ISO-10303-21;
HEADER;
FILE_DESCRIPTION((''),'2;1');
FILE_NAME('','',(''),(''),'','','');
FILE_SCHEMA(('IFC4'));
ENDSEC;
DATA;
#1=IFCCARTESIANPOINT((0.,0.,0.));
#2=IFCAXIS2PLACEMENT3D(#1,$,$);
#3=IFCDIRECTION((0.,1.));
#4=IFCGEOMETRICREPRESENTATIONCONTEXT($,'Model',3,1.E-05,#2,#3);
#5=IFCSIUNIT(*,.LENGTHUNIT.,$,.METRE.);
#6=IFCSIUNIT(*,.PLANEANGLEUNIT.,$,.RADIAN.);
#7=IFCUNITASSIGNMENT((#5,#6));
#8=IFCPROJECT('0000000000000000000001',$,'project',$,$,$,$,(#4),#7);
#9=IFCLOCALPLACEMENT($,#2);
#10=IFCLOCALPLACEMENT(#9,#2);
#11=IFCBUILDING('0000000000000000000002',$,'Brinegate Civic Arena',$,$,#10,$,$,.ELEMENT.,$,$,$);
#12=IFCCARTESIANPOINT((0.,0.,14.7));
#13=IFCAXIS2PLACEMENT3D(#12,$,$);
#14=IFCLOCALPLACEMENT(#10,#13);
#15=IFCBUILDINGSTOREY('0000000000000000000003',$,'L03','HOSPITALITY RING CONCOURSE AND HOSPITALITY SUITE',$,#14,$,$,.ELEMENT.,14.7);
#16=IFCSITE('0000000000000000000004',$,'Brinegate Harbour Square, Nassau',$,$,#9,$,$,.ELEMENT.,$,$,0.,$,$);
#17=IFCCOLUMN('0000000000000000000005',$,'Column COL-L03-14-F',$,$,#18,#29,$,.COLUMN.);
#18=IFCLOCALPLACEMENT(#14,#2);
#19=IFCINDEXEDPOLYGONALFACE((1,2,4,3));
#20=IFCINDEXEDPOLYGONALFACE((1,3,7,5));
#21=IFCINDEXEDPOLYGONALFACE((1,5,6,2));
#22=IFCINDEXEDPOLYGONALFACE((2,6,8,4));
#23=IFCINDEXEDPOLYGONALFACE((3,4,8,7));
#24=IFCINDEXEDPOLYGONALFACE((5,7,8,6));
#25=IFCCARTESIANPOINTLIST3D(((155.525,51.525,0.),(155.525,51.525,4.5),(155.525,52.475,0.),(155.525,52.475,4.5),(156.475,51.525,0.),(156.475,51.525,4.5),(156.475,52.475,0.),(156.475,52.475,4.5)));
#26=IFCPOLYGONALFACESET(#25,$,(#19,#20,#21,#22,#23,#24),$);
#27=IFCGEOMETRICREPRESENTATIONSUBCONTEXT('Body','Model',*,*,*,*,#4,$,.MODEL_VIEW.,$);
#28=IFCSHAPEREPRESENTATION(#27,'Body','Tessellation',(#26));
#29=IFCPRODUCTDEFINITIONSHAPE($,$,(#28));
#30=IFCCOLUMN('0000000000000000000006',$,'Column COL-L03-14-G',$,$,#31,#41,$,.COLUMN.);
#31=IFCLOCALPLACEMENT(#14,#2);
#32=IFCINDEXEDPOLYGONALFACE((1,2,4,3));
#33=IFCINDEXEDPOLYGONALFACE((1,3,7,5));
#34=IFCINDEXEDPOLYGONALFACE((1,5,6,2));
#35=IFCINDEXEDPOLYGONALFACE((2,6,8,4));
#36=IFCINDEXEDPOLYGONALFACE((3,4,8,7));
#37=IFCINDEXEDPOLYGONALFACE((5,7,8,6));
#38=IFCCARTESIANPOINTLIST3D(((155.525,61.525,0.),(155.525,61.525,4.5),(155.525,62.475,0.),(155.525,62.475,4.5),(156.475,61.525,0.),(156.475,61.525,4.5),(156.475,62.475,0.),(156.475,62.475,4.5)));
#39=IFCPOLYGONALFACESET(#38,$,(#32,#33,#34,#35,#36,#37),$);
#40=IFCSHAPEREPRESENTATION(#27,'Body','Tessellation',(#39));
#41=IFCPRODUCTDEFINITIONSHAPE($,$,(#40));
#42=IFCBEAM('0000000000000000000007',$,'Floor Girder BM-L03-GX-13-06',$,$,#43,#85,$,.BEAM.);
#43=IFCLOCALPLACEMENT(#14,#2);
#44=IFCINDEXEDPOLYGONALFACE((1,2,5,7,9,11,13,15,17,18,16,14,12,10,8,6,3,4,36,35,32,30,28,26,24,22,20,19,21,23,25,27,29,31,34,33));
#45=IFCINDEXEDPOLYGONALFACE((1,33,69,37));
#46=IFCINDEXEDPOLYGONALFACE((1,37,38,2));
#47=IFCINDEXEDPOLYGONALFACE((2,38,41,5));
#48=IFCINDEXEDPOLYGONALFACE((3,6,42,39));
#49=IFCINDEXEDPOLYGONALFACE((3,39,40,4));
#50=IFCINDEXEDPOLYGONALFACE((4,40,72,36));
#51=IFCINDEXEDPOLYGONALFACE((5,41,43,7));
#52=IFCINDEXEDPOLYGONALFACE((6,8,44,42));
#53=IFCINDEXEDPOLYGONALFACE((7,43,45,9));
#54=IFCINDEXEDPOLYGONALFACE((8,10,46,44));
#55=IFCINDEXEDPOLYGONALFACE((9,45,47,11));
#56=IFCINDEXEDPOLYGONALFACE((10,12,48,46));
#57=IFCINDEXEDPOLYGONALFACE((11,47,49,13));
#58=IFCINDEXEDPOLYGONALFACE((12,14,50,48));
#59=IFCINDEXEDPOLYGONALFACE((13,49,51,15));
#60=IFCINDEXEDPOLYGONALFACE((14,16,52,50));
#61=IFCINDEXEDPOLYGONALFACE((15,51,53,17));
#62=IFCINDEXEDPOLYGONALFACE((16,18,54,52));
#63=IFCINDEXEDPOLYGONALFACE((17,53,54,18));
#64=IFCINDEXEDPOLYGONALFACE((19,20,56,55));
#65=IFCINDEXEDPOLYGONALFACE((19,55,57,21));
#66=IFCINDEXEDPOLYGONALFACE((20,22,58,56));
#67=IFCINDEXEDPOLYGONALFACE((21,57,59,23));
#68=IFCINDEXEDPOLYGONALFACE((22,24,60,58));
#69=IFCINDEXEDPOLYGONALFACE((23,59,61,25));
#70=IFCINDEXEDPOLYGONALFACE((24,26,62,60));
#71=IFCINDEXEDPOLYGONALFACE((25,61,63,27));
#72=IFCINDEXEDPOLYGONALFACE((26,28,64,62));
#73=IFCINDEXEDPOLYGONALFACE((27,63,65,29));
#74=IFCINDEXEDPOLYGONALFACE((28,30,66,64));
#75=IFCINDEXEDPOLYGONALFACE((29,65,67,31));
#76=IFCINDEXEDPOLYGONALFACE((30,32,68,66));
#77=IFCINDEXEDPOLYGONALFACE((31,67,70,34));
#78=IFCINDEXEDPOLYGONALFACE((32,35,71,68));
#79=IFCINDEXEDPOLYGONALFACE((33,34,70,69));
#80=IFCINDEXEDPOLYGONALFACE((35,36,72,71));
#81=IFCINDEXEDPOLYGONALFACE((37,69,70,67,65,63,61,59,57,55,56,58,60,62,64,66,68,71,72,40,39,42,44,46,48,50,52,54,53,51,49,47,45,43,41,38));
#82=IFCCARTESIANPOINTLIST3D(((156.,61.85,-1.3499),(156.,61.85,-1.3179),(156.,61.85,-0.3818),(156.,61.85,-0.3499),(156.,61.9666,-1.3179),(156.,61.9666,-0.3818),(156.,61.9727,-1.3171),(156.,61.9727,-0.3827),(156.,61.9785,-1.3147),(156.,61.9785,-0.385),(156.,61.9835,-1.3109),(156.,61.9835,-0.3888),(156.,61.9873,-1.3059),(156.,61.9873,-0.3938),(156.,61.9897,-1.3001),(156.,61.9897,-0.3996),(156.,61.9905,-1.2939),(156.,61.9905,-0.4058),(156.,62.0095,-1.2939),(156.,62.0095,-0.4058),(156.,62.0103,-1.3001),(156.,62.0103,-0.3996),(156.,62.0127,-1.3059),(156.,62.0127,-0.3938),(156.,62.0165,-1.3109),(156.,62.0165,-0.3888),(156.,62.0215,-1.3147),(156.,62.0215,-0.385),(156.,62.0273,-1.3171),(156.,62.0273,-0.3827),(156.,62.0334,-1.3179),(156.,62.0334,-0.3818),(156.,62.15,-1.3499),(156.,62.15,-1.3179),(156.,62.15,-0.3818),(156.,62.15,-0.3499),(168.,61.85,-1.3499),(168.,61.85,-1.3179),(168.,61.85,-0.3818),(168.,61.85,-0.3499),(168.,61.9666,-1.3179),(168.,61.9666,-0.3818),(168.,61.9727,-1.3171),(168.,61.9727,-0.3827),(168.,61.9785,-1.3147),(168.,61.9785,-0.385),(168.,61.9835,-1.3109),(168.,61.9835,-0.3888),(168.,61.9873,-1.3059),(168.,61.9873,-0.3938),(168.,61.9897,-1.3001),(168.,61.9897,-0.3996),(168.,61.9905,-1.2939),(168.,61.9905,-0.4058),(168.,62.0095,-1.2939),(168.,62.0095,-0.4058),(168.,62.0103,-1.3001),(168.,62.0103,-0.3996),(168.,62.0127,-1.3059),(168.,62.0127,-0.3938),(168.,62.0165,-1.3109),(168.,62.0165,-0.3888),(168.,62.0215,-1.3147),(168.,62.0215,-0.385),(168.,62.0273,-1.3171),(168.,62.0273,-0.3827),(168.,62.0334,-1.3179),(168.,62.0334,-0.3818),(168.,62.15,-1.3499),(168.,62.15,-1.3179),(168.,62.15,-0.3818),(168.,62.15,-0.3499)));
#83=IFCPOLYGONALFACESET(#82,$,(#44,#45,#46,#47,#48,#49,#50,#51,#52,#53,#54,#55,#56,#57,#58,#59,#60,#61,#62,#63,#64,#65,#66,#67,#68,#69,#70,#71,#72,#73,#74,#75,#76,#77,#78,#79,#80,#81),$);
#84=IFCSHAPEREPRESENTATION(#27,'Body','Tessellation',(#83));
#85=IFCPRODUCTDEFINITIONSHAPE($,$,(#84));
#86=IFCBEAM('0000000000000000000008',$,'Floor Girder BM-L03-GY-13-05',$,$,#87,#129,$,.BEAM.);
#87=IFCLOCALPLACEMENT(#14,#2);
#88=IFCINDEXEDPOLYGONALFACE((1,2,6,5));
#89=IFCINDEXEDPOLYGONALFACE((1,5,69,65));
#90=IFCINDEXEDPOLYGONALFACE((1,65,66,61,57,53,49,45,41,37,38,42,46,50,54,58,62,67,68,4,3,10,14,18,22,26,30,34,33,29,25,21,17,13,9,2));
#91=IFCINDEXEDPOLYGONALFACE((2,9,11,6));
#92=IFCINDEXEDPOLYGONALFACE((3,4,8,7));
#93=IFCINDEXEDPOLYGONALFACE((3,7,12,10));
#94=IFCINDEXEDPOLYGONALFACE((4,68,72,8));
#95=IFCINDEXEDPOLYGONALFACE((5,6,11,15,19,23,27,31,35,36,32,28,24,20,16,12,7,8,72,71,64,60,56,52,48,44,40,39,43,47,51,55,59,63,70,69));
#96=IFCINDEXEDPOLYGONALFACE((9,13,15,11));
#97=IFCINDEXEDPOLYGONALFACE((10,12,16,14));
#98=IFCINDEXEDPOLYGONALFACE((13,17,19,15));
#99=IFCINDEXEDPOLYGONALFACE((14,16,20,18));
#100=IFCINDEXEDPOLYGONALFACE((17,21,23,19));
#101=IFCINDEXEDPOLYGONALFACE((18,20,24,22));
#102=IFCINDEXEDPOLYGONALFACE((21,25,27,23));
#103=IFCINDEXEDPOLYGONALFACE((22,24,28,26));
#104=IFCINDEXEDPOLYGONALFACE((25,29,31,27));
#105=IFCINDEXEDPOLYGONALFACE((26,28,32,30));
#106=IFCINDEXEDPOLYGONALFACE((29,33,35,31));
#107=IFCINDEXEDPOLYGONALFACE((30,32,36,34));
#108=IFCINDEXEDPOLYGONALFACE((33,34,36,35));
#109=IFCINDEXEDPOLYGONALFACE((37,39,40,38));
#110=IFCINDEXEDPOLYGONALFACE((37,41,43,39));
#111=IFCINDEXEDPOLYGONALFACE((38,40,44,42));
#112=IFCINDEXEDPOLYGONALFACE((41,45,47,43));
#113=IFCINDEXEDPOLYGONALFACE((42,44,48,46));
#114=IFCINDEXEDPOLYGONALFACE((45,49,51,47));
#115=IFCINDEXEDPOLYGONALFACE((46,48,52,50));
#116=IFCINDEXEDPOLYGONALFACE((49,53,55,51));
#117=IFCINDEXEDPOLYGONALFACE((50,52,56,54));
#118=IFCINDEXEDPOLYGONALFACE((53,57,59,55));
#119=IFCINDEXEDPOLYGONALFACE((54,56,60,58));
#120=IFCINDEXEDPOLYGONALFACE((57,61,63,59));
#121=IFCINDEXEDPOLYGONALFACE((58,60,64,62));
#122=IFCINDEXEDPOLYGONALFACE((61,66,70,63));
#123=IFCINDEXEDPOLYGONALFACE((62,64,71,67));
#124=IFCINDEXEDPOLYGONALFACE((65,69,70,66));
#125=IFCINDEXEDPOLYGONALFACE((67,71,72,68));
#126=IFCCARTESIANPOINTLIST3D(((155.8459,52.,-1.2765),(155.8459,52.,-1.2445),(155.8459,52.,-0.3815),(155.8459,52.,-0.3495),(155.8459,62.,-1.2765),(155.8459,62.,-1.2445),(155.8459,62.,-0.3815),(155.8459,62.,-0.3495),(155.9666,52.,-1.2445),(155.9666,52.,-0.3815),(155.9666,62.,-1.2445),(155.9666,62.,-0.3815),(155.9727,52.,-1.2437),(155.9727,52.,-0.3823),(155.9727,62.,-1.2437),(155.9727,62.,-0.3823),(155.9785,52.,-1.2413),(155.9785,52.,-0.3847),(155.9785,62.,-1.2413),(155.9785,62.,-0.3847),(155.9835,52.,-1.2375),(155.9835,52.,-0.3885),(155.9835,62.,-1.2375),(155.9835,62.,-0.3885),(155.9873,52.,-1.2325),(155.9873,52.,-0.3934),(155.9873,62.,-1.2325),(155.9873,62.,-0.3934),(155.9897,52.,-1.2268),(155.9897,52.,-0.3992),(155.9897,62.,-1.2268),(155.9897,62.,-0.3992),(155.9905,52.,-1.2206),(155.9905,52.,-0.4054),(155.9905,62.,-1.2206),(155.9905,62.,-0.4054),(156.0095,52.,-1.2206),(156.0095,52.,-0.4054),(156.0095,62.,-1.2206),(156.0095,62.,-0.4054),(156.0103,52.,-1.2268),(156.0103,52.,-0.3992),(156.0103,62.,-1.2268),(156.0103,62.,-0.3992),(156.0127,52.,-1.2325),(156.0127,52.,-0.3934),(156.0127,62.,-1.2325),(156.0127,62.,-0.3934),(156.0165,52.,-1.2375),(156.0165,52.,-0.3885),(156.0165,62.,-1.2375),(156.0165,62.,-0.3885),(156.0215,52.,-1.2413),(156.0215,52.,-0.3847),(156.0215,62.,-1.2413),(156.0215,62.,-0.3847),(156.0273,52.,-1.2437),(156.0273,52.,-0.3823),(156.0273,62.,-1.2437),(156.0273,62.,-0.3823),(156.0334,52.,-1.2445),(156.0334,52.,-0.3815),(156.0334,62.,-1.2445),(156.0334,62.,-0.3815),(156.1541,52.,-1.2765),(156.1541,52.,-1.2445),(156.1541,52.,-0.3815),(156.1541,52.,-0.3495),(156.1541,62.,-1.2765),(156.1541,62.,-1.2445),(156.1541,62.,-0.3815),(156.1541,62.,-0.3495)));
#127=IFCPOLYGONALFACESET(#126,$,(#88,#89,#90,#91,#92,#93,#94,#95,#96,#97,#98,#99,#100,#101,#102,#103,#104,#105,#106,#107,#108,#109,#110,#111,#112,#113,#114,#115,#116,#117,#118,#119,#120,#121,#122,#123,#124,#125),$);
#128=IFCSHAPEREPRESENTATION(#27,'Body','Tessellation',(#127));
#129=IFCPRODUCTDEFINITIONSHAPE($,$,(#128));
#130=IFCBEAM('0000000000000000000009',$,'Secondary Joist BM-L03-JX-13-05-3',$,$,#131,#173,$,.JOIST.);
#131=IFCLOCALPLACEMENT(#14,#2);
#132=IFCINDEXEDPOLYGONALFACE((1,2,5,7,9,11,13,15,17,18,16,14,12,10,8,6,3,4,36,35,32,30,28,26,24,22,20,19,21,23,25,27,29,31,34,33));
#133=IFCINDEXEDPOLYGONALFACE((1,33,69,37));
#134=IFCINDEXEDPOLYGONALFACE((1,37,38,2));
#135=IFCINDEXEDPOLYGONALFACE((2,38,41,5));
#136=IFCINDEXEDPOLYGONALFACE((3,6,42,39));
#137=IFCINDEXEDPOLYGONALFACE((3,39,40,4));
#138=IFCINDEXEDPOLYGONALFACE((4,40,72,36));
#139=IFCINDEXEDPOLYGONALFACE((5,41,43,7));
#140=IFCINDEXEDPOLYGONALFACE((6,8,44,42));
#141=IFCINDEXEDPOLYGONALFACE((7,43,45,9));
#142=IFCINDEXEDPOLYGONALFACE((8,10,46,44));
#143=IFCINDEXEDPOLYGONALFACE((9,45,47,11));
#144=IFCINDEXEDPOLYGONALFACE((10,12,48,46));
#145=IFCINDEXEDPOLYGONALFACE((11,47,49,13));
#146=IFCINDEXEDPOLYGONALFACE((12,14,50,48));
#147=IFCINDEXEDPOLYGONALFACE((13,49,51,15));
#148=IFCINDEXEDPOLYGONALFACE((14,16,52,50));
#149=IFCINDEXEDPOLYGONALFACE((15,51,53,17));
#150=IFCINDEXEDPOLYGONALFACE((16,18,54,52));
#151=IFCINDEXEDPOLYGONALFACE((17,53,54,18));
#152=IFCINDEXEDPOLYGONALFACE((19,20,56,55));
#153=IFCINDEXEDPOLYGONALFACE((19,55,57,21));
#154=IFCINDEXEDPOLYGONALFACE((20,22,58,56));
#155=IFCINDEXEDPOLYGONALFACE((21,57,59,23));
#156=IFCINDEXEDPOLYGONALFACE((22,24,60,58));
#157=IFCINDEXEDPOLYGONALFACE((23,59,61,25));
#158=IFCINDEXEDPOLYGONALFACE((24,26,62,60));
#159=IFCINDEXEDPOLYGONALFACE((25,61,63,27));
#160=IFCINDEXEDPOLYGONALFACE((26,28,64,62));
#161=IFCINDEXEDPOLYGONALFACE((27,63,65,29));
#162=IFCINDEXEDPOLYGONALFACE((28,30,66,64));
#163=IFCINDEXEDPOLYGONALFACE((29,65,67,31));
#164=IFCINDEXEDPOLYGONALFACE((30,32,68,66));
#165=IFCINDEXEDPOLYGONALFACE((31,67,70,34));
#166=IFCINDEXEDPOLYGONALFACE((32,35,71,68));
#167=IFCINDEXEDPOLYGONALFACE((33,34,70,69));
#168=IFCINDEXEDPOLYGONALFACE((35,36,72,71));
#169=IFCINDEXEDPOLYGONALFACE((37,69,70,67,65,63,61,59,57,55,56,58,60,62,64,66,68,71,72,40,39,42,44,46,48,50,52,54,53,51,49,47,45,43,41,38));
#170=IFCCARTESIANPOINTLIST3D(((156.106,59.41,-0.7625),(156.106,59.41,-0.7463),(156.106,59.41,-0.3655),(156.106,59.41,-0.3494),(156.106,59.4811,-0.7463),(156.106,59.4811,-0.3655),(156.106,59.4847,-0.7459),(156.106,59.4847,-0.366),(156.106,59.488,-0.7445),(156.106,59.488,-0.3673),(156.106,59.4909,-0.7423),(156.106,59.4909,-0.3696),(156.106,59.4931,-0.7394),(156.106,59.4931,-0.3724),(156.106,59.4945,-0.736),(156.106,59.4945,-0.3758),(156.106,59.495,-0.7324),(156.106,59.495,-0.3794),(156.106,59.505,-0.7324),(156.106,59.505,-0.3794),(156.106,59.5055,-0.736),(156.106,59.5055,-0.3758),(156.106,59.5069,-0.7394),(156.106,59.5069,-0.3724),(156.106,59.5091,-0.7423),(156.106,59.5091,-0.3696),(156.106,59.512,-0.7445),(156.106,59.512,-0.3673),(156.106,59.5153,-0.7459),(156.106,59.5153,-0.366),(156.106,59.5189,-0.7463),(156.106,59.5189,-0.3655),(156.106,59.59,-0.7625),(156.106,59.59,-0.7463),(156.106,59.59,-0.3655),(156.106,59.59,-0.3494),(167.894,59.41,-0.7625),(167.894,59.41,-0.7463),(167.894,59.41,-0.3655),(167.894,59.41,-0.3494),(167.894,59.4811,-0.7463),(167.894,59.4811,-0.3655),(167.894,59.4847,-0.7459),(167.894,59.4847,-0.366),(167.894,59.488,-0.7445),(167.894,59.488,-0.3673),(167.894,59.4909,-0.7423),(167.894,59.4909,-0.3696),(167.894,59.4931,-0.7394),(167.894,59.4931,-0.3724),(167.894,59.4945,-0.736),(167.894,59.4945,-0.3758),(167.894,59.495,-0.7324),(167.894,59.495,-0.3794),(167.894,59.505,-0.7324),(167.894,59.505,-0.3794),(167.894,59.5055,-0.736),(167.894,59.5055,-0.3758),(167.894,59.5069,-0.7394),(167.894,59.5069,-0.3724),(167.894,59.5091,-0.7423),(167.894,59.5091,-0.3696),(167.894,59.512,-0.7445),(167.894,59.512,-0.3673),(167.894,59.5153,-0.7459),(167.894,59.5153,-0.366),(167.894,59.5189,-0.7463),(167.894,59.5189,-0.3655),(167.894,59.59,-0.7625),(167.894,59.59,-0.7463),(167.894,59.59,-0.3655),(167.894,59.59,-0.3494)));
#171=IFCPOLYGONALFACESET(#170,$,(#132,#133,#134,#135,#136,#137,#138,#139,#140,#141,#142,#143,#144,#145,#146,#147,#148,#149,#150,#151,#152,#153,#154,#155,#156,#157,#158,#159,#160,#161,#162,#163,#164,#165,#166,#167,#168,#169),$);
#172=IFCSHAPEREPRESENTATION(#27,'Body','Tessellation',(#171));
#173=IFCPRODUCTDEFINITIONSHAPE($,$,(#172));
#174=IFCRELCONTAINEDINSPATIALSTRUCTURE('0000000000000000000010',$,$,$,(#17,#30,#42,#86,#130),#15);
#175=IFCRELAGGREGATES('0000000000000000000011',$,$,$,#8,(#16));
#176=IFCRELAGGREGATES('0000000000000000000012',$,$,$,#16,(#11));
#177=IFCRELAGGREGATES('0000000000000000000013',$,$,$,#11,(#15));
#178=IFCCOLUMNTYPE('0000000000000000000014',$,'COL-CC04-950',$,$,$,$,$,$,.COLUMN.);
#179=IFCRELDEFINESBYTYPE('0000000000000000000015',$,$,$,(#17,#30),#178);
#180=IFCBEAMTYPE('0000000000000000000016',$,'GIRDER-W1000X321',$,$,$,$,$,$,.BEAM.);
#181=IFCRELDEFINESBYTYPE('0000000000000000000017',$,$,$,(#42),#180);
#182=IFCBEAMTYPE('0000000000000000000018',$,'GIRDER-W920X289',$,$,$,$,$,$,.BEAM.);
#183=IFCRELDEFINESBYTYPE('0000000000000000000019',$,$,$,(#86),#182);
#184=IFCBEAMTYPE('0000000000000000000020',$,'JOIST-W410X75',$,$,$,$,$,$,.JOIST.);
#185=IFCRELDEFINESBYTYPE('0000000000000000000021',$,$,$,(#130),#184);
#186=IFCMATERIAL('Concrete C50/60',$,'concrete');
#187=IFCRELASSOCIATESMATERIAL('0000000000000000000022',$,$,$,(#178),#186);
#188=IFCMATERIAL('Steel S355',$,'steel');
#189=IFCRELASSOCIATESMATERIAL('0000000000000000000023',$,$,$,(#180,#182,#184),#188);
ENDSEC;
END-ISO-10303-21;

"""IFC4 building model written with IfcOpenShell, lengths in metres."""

from ifc_helpers import new_model, si_unit, direction, frame, origin, origin_2d, place, context, subcontext, project, spatial, rectangle, i_section, extrude, material, material_profile, profile_set, type_object, element, save


model = new_model("IFC4")

# Units and contexts
model_context = context("Model", 3, precision=1e-05, world=origin(), true_north=direction((0.0, 1.0)))
body_context = subcontext(model_context, "Body", "Model", "MODEL_VIEW")
ifc_project = project(units=[si_unit("LENGTHUNIT", "METRE"), si_unit("PLANEANGLEUNIT", "RADIAN")], contexts=[model_context])

# Site, building, storey
site_placement = place(None, origin())
site = spatial("IfcSite", under=ifc_project, at=site_placement, Name="Brinegate Harbour Square, Nassau", CompositionType="ELEMENT", RefElevation=0.0)
building_placement = place(site_placement, origin())
building = spatial("IfcBuilding", under=site, at=building_placement, Name="Brinegate Civic Arena", CompositionType="ELEMENT")
storey_placement = place(building_placement, frame((0.0, 0.0, 14.7)))
storey = spatial("IfcBuildingStorey", under=building, at=storey_placement, Name="L03", Description="HOSPITALITY RING CONCOURSE AND HOSPITALITY SUITE", CompositionType="ELEMENT", Elevation=14.7)

# Columns
ifc_material_1 = material(Name="Concrete C50/60", Category="concrete")
ifc_material_profile_1 = material_profile(ifc_material_1, rectangle(XDim=0.95, YDim=0.95, at=origin_2d()), Name="RC950X950")
ifc_profile_set_1 = profile_set([ifc_material_profile_1], Name="Concrete C50/60")
column_type = type_object("IfcColumnType", Name="COL-CC04-950", PredefinedType="COLUMN", material=ifc_profile_set_1)
for number, where, z_axis, x_axis, name in (
    (1, (156.0, 52.0, 0.0), (0.0, 0.0, 1.0), (1.0, 0.0, 0.0), "Column COL-L03-14-F"),
    (2, (156.0, 62.0, 0.0), (0.0, 0.0, 1.0), (1.0, 0.0, 0.0), "Column COL-L03-14-G"),
):
    element("IfcColumn", number, at=place(storey_placement, frame(where, z_axis=z_axis, x_axis=x_axis)), inside=storey, type_object=column_type, Name=name, PredefinedType="COLUMN", context=body_context, shape_type="SweptSolid", body=[
        extrude(rectangle(XDim=0.95, YDim=0.95, at=origin_2d()), origin(), (0.0, 0.0, 1.0), 4.5),
    ])

# Beams
ifc_material_2 = material(Name="Steel S355", Category="steel")
ifc_material_profile_2 = material_profile(ifc_material_2, i_section(OverallWidth=0.3, OverallDepth=1.0, WebThickness=0.019, FlangeThickness=0.032, FilletRadius=0.0239, at=origin_2d()), Name="W1000X321")
ifc_profile_set_2 = profile_set([ifc_material_profile_2], Name="Steel S355")
beam_type_1 = type_object("IfcBeamType", Name="GIRDER-W1000X321", PredefinedType="BEAM", material=ifc_profile_set_2)
beam_1_placement = place(storey_placement, frame((156.0, 62.0, -0.8499), z_axis=(1.0, 0.0, 0.0), x_axis=(0.0, 1.0, 0.0)))
element("IfcBeam", 3, at=beam_1_placement, inside=storey, type_object=beam_type_1, Name="Floor Girder BM-L03-GX-13-06", PredefinedType="BEAM", context=body_context, shape_type="SweptSolid", body=[
    extrude(i_section(OverallWidth=0.3, OverallDepth=1.0, WebThickness=0.019, FlangeThickness=0.032, FilletRadius=0.0239, at=origin_2d()), origin(), (0.0, 0.0, 1.0), 12.0),
])
ifc_material_profile_3 = material_profile(ifc_material_2, i_section(OverallWidth=0.3081, OverallDepth=0.927, WebThickness=0.019, FlangeThickness=0.032, FilletRadius=0.0239, at=origin_2d()), Name="W920X289")
ifc_profile_set_3 = profile_set([ifc_material_profile_3], Name="Steel S355")
beam_type_2 = type_object("IfcBeamType", Name="GIRDER-W920X289", PredefinedType="BEAM", material=ifc_profile_set_3)
beam_2_placement = place(storey_placement, frame((156.0, 52.0, -0.813), z_axis=(0.0, 1.0, 0.0), x_axis=(-1.0, 0.0, 0.0)))
element("IfcBeam", 4, at=beam_2_placement, inside=storey, type_object=beam_type_2, Name="Floor Girder BM-L03-GY-13-05", PredefinedType="BEAM", context=body_context, shape_type="SweptSolid", body=[
    extrude(i_section(OverallWidth=0.3081, OverallDepth=0.927, WebThickness=0.019, FlangeThickness=0.032, FilletRadius=0.0239, at=origin_2d()), origin(), (0.0, 0.0, 1.0), 10.0),
])
ifc_material_profile_4 = material_profile(ifc_material_2, i_section(OverallWidth=0.1799, OverallDepth=0.4131, WebThickness=0.01, FlangeThickness=0.0161, FilletRadius=0.0139, at=origin_2d()), Name="W410X75")
ifc_profile_set_4 = profile_set([ifc_material_profile_4], Name="Steel S355")
beam_type_3 = type_object("IfcBeamType", Name="JOIST-W410X75", PredefinedType="JOIST", material=ifc_profile_set_4)
beam_3_placement = place(storey_placement, frame((156.106, 59.5, -0.5559), z_axis=(1.0, 0.0, 0.0), x_axis=(0.0, 1.0, 0.0)))
element("IfcBeam", 5, at=beam_3_placement, inside=storey, type_object=beam_type_3, Name="Secondary Joist BM-L03-JX-13-05-3", PredefinedType="JOIST", context=body_context, shape_type="SweptSolid", body=[
    extrude(i_section(OverallWidth=0.1799, OverallDepth=0.4131, WebThickness=0.01, FlangeThickness=0.0161, FilletRadius=0.0139, at=origin_2d()), origin(), (0.0, 0.0, 1.0), 11.7881),
])

save(model, "model.ifc")
